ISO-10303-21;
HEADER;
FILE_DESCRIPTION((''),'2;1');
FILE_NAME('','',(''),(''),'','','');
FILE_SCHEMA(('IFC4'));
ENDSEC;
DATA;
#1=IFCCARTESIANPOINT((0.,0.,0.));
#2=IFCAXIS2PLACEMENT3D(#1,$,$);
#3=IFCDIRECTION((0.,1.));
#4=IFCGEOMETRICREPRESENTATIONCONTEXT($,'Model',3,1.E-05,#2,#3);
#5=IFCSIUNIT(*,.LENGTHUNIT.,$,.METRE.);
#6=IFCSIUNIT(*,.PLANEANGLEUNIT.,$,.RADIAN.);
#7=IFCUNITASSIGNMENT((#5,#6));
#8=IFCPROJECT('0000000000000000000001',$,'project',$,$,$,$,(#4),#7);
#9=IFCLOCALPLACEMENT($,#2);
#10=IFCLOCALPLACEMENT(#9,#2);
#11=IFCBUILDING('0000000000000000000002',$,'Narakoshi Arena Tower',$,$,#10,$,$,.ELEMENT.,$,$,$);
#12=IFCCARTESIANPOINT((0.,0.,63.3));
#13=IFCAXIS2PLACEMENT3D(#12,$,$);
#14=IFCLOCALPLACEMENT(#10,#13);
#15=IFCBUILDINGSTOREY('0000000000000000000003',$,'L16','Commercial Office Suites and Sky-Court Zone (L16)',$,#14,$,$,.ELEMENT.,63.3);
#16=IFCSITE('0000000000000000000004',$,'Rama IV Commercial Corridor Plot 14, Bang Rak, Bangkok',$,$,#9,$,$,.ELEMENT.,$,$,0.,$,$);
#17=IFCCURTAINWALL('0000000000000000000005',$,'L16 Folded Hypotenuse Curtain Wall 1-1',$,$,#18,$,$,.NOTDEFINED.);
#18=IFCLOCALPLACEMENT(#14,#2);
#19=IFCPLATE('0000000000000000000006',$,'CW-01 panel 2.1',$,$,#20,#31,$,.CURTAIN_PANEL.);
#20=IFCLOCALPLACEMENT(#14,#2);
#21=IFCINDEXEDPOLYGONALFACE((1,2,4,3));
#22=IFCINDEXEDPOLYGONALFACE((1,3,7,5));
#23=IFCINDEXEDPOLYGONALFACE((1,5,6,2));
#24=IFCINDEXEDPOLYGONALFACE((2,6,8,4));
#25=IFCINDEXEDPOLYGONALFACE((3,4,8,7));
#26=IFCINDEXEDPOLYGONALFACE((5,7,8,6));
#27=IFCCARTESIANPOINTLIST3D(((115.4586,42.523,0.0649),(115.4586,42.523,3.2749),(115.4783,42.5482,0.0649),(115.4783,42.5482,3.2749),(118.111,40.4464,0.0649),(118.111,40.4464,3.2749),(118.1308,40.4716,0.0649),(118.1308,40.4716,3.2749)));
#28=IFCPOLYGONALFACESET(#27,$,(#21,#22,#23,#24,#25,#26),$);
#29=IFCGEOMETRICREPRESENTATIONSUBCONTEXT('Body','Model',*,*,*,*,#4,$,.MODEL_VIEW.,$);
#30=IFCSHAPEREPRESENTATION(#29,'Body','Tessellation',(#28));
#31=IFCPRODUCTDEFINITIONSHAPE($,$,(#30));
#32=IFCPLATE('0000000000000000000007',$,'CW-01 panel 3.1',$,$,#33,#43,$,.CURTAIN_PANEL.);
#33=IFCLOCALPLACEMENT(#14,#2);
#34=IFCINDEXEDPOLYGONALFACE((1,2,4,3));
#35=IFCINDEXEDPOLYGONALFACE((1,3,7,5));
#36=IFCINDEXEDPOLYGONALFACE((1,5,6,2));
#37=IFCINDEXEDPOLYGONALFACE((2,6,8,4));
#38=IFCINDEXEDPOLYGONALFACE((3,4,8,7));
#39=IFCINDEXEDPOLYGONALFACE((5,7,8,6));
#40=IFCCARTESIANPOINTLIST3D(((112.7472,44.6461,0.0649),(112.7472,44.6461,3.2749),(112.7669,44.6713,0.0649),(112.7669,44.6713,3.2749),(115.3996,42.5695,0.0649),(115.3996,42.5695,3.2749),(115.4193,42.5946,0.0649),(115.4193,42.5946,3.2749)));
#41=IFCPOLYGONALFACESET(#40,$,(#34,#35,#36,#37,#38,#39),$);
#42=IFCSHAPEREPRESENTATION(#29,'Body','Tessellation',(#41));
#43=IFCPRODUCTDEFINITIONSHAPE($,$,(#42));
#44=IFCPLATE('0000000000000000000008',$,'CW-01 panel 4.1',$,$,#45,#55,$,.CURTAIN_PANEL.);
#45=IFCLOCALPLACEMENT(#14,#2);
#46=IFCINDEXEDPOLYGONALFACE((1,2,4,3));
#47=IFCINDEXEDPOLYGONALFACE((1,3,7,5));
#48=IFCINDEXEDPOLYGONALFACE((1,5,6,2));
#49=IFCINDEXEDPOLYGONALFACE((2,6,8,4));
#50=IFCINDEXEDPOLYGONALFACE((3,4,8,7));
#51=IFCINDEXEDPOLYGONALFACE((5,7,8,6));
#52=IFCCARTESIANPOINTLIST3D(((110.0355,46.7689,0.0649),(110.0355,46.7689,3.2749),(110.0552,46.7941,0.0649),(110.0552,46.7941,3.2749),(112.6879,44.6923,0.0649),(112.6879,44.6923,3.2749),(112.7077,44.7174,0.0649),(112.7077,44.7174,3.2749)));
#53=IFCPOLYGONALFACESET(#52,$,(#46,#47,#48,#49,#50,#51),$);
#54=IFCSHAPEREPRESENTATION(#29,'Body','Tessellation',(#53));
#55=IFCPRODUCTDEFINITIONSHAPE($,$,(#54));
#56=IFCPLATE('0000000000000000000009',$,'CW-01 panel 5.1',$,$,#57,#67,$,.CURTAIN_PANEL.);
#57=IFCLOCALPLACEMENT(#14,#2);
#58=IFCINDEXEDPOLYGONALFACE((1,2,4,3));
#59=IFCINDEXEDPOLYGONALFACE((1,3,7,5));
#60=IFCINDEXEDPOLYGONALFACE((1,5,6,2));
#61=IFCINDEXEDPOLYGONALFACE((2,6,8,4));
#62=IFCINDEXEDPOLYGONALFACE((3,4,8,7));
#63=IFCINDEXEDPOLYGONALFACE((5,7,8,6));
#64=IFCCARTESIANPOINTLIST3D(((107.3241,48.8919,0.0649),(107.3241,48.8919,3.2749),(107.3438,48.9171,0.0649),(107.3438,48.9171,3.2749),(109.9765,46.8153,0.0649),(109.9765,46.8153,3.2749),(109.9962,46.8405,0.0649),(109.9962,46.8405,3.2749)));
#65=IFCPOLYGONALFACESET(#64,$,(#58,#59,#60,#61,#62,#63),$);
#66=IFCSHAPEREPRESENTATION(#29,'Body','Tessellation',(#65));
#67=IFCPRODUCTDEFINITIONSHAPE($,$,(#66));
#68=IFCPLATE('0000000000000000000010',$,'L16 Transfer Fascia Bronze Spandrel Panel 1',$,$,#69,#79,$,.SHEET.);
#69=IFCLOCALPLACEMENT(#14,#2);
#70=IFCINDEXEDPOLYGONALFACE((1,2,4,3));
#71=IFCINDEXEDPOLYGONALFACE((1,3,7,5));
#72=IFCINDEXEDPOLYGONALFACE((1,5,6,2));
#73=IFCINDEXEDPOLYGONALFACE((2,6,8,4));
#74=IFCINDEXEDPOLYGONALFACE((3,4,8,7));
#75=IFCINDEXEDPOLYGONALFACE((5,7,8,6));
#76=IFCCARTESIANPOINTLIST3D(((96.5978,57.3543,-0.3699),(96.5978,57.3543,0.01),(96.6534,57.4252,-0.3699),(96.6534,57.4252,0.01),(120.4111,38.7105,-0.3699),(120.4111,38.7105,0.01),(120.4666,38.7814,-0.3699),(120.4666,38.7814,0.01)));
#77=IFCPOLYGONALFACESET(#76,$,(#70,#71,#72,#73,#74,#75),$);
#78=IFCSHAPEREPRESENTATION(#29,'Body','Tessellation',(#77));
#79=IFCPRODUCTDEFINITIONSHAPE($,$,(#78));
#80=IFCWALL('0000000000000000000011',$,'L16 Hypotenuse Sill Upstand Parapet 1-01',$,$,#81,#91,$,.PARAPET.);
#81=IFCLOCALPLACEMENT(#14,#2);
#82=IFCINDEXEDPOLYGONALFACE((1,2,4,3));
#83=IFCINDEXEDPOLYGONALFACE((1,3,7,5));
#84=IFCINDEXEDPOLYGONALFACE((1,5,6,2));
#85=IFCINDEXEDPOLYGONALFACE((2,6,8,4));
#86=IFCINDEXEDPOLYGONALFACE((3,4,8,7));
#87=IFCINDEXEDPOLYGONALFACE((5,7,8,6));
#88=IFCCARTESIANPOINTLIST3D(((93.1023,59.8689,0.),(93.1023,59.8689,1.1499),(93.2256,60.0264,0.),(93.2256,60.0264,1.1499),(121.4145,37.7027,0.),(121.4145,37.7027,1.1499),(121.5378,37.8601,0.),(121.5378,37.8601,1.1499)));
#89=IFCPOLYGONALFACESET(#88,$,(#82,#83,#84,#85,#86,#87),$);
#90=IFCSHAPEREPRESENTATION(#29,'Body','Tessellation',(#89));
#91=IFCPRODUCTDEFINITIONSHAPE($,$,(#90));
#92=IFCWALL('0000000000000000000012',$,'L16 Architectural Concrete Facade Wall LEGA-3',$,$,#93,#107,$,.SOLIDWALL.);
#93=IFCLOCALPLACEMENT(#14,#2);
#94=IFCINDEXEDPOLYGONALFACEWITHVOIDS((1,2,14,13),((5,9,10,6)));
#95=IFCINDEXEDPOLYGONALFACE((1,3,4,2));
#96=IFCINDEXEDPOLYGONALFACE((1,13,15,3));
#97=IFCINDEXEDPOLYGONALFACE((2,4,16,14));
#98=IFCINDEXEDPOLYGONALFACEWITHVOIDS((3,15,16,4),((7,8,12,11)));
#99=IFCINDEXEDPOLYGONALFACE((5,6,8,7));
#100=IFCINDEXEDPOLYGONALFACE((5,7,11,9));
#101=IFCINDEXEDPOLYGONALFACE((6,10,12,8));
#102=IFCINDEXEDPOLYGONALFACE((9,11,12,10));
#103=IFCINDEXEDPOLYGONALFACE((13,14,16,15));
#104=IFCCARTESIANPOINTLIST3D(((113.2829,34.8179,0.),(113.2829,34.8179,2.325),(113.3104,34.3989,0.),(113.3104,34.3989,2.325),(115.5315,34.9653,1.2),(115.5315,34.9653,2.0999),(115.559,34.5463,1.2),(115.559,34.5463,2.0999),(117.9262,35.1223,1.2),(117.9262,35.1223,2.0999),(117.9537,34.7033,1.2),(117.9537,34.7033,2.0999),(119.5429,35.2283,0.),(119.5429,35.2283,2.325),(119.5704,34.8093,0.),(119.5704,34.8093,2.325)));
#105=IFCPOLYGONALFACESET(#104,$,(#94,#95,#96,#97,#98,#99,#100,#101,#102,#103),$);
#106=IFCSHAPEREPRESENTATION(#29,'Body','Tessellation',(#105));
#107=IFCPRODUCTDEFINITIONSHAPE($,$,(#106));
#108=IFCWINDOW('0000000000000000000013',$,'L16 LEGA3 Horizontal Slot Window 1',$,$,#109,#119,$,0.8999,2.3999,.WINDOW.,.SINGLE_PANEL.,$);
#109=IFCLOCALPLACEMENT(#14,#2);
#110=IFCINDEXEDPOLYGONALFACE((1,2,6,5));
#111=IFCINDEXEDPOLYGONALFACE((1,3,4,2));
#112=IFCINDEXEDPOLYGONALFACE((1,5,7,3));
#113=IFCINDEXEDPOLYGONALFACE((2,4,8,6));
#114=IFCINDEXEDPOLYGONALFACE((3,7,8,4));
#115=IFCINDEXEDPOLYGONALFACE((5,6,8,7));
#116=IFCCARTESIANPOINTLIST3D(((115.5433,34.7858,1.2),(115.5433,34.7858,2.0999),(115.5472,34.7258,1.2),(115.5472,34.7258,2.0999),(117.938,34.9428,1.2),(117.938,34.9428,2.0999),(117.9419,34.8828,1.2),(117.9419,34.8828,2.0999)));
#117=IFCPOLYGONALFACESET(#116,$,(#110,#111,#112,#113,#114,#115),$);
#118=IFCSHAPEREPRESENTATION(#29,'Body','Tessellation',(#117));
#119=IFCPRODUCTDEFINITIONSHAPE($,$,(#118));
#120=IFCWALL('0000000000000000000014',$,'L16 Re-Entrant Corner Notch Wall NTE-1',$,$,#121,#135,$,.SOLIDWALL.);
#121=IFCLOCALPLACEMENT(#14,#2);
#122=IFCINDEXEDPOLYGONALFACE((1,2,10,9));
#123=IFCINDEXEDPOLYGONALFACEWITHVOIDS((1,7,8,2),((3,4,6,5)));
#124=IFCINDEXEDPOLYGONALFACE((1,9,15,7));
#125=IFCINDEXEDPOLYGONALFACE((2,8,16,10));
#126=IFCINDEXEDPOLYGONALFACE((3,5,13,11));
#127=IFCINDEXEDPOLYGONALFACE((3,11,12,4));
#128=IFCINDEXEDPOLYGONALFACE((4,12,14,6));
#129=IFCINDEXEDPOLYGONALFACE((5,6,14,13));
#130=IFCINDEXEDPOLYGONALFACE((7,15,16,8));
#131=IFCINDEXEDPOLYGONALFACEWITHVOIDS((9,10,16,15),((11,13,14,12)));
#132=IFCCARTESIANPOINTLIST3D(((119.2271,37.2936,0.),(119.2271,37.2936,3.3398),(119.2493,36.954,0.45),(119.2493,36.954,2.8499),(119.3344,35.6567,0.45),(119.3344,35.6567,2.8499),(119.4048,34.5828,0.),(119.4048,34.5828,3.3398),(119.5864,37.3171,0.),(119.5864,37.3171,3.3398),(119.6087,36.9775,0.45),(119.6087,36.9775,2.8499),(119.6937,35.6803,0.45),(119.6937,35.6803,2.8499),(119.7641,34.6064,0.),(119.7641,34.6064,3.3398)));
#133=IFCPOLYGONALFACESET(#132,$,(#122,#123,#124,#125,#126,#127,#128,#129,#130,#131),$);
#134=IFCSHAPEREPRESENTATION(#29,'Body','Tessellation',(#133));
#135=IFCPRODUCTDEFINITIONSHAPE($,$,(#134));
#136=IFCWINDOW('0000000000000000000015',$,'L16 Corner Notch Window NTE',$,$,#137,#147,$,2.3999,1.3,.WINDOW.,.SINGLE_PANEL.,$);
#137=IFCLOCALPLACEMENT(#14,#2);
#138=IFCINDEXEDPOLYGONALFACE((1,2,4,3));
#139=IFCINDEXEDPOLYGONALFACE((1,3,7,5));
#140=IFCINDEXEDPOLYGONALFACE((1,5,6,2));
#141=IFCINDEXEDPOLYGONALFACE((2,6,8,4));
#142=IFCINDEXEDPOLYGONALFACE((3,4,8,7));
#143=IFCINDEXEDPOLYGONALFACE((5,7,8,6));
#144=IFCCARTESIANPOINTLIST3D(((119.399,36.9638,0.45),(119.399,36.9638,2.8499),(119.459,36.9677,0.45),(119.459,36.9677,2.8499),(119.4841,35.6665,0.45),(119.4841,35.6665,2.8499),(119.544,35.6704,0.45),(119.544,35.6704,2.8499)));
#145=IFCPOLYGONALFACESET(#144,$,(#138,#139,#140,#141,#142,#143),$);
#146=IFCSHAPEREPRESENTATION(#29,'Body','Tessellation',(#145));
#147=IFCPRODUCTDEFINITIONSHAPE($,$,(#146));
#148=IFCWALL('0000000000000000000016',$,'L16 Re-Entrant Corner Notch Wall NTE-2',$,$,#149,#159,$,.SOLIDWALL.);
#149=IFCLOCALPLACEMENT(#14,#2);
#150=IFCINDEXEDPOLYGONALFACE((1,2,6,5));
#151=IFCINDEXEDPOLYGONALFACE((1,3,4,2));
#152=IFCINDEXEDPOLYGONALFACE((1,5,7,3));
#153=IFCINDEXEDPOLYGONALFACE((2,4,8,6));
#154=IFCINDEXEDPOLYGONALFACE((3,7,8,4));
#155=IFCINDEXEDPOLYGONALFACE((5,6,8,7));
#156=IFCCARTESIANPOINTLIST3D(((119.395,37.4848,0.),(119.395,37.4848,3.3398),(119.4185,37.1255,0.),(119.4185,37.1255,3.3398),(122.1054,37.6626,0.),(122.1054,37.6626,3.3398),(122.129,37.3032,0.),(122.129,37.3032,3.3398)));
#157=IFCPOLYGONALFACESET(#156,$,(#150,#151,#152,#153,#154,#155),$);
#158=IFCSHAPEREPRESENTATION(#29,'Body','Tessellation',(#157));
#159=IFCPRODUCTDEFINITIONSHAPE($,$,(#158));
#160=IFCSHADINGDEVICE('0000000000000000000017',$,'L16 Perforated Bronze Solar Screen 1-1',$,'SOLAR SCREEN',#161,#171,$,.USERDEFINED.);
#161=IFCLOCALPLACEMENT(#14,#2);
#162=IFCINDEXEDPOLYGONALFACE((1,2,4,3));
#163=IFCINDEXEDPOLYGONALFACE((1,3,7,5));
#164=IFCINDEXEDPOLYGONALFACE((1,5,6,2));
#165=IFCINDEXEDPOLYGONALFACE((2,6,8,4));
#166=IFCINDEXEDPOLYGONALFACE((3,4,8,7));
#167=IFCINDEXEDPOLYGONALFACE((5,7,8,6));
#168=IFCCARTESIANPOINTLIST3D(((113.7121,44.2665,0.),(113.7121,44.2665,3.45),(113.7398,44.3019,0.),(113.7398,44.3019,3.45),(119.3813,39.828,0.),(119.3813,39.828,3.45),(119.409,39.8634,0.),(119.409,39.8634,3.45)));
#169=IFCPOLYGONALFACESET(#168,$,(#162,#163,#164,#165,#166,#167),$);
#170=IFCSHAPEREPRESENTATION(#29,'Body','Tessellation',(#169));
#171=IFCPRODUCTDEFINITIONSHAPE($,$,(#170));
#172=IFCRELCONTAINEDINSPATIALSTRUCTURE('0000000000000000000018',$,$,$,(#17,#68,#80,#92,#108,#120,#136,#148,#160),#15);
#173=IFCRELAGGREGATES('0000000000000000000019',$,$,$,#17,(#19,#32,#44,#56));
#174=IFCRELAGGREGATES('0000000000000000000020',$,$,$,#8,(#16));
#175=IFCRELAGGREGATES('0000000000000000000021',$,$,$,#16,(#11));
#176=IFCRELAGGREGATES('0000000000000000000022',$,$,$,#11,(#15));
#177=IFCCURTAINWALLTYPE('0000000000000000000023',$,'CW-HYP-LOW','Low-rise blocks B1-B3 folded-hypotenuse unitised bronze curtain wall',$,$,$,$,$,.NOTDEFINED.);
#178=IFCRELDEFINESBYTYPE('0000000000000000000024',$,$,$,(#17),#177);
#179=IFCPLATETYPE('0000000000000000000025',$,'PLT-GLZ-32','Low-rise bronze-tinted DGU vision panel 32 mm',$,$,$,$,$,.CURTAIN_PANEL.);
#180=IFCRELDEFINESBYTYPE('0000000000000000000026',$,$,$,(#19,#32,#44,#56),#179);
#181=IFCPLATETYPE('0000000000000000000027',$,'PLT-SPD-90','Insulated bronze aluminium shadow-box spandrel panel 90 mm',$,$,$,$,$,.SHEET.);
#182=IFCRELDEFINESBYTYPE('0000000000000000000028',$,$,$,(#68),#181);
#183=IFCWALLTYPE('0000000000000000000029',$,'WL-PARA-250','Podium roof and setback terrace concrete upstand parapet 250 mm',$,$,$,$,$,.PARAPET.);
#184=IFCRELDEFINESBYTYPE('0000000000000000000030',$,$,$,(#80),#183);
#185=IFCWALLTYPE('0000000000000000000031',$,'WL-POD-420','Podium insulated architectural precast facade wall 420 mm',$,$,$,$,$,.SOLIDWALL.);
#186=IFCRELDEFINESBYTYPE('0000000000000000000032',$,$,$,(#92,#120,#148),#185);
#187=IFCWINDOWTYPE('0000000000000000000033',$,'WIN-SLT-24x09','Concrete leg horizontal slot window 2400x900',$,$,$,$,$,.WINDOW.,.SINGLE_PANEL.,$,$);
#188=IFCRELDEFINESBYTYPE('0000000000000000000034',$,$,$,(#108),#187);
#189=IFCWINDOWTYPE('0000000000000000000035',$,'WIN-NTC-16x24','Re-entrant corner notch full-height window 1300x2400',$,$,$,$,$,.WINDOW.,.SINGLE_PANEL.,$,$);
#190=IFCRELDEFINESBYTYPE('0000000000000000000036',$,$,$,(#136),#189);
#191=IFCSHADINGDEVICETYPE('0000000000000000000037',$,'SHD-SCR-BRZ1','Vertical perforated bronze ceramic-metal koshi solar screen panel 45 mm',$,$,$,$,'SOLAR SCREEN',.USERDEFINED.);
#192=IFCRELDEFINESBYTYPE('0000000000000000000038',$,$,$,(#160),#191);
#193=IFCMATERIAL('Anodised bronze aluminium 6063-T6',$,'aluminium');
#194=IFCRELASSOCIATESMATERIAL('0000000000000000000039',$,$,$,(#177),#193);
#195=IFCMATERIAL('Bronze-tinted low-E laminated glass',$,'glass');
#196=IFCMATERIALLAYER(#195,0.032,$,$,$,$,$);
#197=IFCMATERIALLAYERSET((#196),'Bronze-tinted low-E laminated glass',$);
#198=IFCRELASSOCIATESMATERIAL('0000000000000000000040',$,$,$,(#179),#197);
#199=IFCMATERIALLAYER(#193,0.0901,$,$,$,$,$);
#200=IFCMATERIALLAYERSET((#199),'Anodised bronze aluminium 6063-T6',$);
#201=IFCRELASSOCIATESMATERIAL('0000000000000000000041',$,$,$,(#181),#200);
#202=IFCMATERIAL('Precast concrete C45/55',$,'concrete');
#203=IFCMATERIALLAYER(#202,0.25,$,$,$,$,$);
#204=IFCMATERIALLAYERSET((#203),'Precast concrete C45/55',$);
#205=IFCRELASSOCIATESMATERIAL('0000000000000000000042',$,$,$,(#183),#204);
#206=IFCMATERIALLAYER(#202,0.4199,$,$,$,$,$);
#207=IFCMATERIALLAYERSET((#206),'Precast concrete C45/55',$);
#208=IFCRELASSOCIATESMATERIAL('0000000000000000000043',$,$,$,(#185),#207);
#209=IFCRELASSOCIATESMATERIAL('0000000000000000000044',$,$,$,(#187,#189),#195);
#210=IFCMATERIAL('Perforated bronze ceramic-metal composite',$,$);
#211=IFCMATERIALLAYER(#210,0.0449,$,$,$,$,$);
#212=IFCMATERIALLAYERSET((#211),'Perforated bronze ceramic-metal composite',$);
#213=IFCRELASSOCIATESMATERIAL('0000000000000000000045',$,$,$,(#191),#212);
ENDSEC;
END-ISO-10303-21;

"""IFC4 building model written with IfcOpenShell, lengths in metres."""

from ifc_helpers import new_model, si_unit, direction, frame, frame_2d, origin, origin_2d, place, context, subcontext, project, spatial, rectangle, extrude, material, layer, layer_set, type_object, element, fill, aggregate, save


model = new_model("IFC4")

# Units and contexts
model_context = context("Model", 3, precision=1e-05, world=origin(), true_north=direction((0.0, 1.0)))
body_context = subcontext(model_context, "Body", "Model", "MODEL_VIEW")
ifc_project = project(units=[si_unit("LENGTHUNIT", "METRE"), si_unit("PLANEANGLEUNIT", "RADIAN")], contexts=[model_context])

# Site, building, storey
site_placement = place(None, origin())
site = spatial("IfcSite", under=ifc_project, at=site_placement, Name="Rama IV Commercial Corridor Plot 14, Bang Rak, Bangkok", CompositionType="ELEMENT", RefElevation=0.0)
building_placement = place(site_placement, origin())
building = spatial("IfcBuilding", under=site, at=building_placement, Name="Narakoshi Arena Tower", CompositionType="ELEMENT")
storey_placement = place(building_placement, frame((0.0, 0.0, 63.3)))
storey = spatial("IfcBuildingStorey", under=building, at=storey_placement, Name="L16", Description="Commercial Office Suites and Sky-Court Zone (L16)", CompositionType="ELEMENT", Elevation=63.3)

# Curtain wall, plates
ifc_material_1 = material(Name="Anodised bronze aluminium 6063-T6", Category="aluminium")
curtain_wall_type = type_object("IfcCurtainWallType", Name="CW-HYP-LOW", Description="Low-rise blocks B1-B3 folded-hypotenuse unitised bronze curtain wall", PredefinedType="NOTDEFINED", material=ifc_material_1)
curtain_wall_placement = place(storey_placement, origin())
curtain_wall = element("IfcCurtainWall", 1, at=curtain_wall_placement, inside=storey, type_object=curtain_wall_type, Name="L16 Folded Hypotenuse Curtain Wall 1-1", PredefinedType="NOTDEFINED")
ifc_material_2 = material(Name="Bronze-tinted low-E laminated glass", Category="glass")
ifc_layer_1 = layer(ifc_material_2, 0.032)
ifc_layer_set_1 = layer_set([ifc_layer_1], Name="Bronze-tinted low-E laminated glass")
plate_type_1 = type_object("IfcPlateType", Name="PLT-GLZ-32", Description="Low-rise bronze-tinted DGU vision panel 32 mm", PredefinedType="CURTAIN_PANEL", material=ifc_layer_set_1)
plate_1_placement = place(storey_placement, frame((116.7947, 41.4973, 0.0649), z_axis=(0.0, 0.0, 1.0), x_axis=(-0.787388, 0.616458, 0.0)))
plate_1 = element("IfcPlate", 2, at=plate_1_placement, type_object=plate_type_1, Name="CW-01 panel 2.1", PredefinedType="CURTAIN_PANEL", context=body_context, shape_type="SweptSolid", body=[
    extrude(rectangle(XDim=3.3687, YDim=0.032, at=origin_2d()), origin(), (0.0, 0.0, 1.0), 3.21),
])
plate_2_placement = place(storey_placement, frame((114.0833, 43.6204, 0.0649), z_axis=(0.0, 0.0, 1.0), x_axis=(-0.787388, 0.616458, 0.0)))
plate_2 = element("IfcPlate", 3, at=plate_2_placement, type_object=plate_type_1, Name="CW-01 panel 3.1", PredefinedType="CURTAIN_PANEL", context=body_context, shape_type="SweptSolid", body=[
    extrude(rectangle(XDim=3.3687, YDim=0.032, at=origin_2d()), origin(), (0.0, 0.0, 1.0), 3.21),
])
plate_3_placement = place(storey_placement, frame((111.3716, 45.7432, 0.0649), z_axis=(0.0, 0.0, 1.0), x_axis=(-0.787388, 0.616458, 0.0)))
plate_3 = element("IfcPlate", 4, at=plate_3_placement, type_object=plate_type_1, Name="CW-01 panel 4.1", PredefinedType="CURTAIN_PANEL", context=body_context, shape_type="SweptSolid", body=[
    extrude(rectangle(XDim=3.3687, YDim=0.032, at=origin_2d()), origin(), (0.0, 0.0, 1.0), 3.21),
])
plate_4_placement = place(storey_placement, frame((108.6602, 47.8662, 0.0649), z_axis=(0.0, 0.0, 1.0), x_axis=(-0.787388, 0.616458, 0.0)))
plate_4 = element("IfcPlate", 5, at=plate_4_placement, type_object=plate_type_1, Name="CW-01 panel 5.1", PredefinedType="CURTAIN_PANEL", context=body_context, shape_type="SweptSolid", body=[
    extrude(rectangle(XDim=3.3687, YDim=0.032, at=origin_2d()), origin(), (0.0, 0.0, 1.0), 3.21),
])
aggregate(curtain_wall, [plate_1, plate_2, plate_3, plate_4])

# Plate
ifc_layer_2 = layer(ifc_material_1, 0.0901)
ifc_layer_set_2 = layer_set([ifc_layer_2], Name="Anodised bronze aluminium 6063-T6")
plate_type_2 = type_object("IfcPlateType", Name="PLT-SPD-90", Description="Insulated bronze aluminium shadow-box spandrel panel 90 mm", PredefinedType="SHEET", material=ifc_layer_set_2)
plate_5_placement = place(storey_placement, frame((108.5322, 48.0679, -0.3699), z_axis=(0.0, 0.0, 1.0), x_axis=(-0.787387, 0.616459, 0.0)))
element("IfcPlate", 6, at=plate_5_placement, inside=storey, type_object=plate_type_2, Name="L16 Transfer Fascia Bronze Spandrel Panel 1", PredefinedType="SHEET", context=body_context, shape_type="SweptSolid", body=[
    extrude(rectangle(XDim=30.2434, YDim=0.0901, at=origin_2d()), origin(), (0.0, 0.0, 1.0), 0.3799),
])

# Wall
ifc_material_3 = material(Name="Precast concrete C45/55", Category="concrete")
ifc_layer_3 = layer(ifc_material_3, 0.25)
ifc_layer_set_3 = layer_set([ifc_layer_3], Name="Precast concrete C45/55")
wall_type_1 = type_object("IfcWallType", Name="WL-PARA-250", Description="Podium roof and setback terrace concrete upstand parapet 250 mm", PredefinedType="PARAPET", material=ifc_layer_set_3)
wall_1_placement = place(storey_placement, frame((121.4761, 37.7815, 0.0), z_axis=(0.0, 0.0, 1.0), x_axis=(-0.787386, 0.616461, 0.0)))
element("IfcWall", 7, at=wall_1_placement, inside=storey, type_object=wall_type_1, Name="L16 Hypotenuse Sill Upstand Parapet 1-01", PredefinedType="PARAPET", context=body_context, shape_type="SweptSolid", body=[
    extrude(rectangle(XDim=35.9573, YDim=0.2, at=frame_2d((17.9785, 0.0))), origin(), (0.0, 0.0, 1.0), 1.1499),
])

# Walls, openings, windows
ifc_layer_4 = layer(ifc_material_3, 0.4199)
ifc_layer_set_4 = layer_set([ifc_layer_4], Name="Precast concrete C45/55")
wall_type_2 = type_object("IfcWallType", Name="WL-POD-420", Description="Podium insulated architectural precast facade wall 420 mm", PredefinedType="SOLIDWALL", material=ifc_layer_set_4)
wall_2_placement = place(storey_placement, frame((113.2966, 34.6084, 0.0), z_axis=(0.0, 0.0, 1.0), x_axis=(0.997858, 0.065419, 0.0)))
wall_2 = element("IfcWall", 8, at=wall_2_placement, inside=storey, type_object=wall_type_2, Name="L16 Architectural Concrete Facade Wall LEGA-3", PredefinedType="SOLIDWALL", context=body_context, shape_type="SweptSolid", body=[
    extrude(rectangle(XDim=6.2734, YDim=0.4199, at=frame_2d((3.1367, 0.0))), origin(), (0.0, 0.0, 1.0), 2.325),
])
opening_1_placement = place(wall_2_placement, frame((2.2534, 0.0, 1.2)))
opening_1 = element("IfcOpeningElement", 9, at=opening_1_placement, cuts=wall_2, PredefinedType="OPENING", context=body_context, shape_type="SweptSolid", body=[
    extrude(rectangle(XDim=2.3999, YDim=0.8999, at=frame_2d((1.2, 0.45))), frame((0.0, 0.22, 0.0), z_axis=(0.0, -1.0, 0.0), x_axis=(1.0, 0.0, 0.0)), (0.0, 0.0, 1.0), 0.4399),
])
window_type_1 = type_object("IfcWindowType", Name="WIN-SLT-24x09", Description="Concrete leg horizontal slot window 2400x900", PartitioningType="SINGLE_PANEL", PredefinedType="WINDOW", material=ifc_material_2)
window_1_placement = place(opening_1_placement, origin())
window_1 = element("IfcWindow", 10, at=window_1_placement, inside=storey, type_object=window_type_1, Name="L16 LEGA3 Horizontal Slot Window 1", OverallHeight=0.8999, OverallWidth=2.3999, PartitioningType="SINGLE_PANEL", PredefinedType="WINDOW", context=body_context, shape_type="SweptSolid", body=[
    extrude(rectangle(XDim=2.3999, YDim=0.8999, at=frame_2d((1.2, 0.45))), frame((0.0, 0.03, 0.0), z_axis=(0.0, -1.0, 0.0), x_axis=(1.0, 0.0, 0.0)), (0.0, 0.0, 1.0), 0.0601),
])
fill(opening_1, window_1)
wall_3_placement = place(storey_placement, frame((119.5845, 34.5945, 0.0), z_axis=(0.0, 0.0, 1.0), x_axis=(-0.065427, 0.997857, 0.0)))
wall_3 = element("IfcWall", 11, at=wall_3_placement, inside=storey, type_object=wall_type_2, Name="L16 Re-Entrant Corner Notch Wall NTE-1", PredefinedType="SOLIDWALL", context=body_context, shape_type="SweptSolid", body=[
    extrude(rectangle(XDim=2.7166, YDim=0.3601, at=frame_2d((1.3584, 0.0))), origin(), (0.0, 0.0, 1.0), 3.3398),
])
opening_2_placement = place(wall_3_placement, frame((1.0764, 0.0, 0.45)))
opening_2 = element("IfcOpeningElement", 12, at=opening_2_placement, cuts=wall_3, PredefinedType="OPENING", context=body_context, shape_type="SweptSolid", body=[
    extrude(rectangle(XDim=1.3, YDim=2.3999, at=frame_2d((0.6499, 1.2))), frame((0.0, 0.1899, 0.0), z_axis=(0.0, -1.0, 0.0), x_axis=(1.0, 0.0, 0.0)), (0.0, 0.0, 1.0), 0.3801),
])
window_type_2 = type_object("IfcWindowType", Name="WIN-NTC-16x24", Description="Re-entrant corner notch full-height window 1300x2400", PartitioningType="SINGLE_PANEL", PredefinedType="WINDOW", material=ifc_material_2)
window_2_placement = place(opening_2_placement, origin())
window_2 = element("IfcWindow", 13, at=window_2_placement, inside=storey, type_object=window_type_2, Name="L16 Corner Notch Window NTE", OverallHeight=2.3999, OverallWidth=1.3, PartitioningType="SINGLE_PANEL", PredefinedType="WINDOW", context=body_context, shape_type="SweptSolid", body=[
    extrude(rectangle(XDim=1.3, YDim=2.3999, at=frame_2d((0.6499, 1.2))), frame((0.0, 0.03, 0.0), z_axis=(0.0, -1.0, 0.0), x_axis=(1.0, 0.0, 0.0)), (0.0, 0.0, 1.0), 0.0601),
])
fill(opening_2, window_2)

# Wall
wall_4_placement = place(storey_placement, frame((119.4067, 37.3052, 0.0), z_axis=(0.0, 0.0, 1.0), x_axis=(0.997857, 0.065433, 0.0)))
element("IfcWall", 14, at=wall_4_placement, inside=storey, type_object=wall_type_2, Name="L16 Re-Entrant Corner Notch Wall NTE-2", PredefinedType="SOLIDWALL", context=body_context, shape_type="SweptSolid", body=[
    extrude(rectangle(XDim=2.7163, YDim=0.3601, at=frame_2d((1.3582, 0.0))), origin(), (0.0, 0.0, 1.0), 3.3398),
])

# Shading device
ifc_material_4 = material(Name="Perforated bronze ceramic-metal composite")
ifc_layer_5 = layer(ifc_material_4, 0.0449)
ifc_layer_set_5 = layer_set([ifc_layer_5], Name="Perforated bronze ceramic-metal composite")
shading_device_type = type_object("IfcShadingDeviceType", Name="SHD-SCR-BRZ1", Description="Vertical perforated bronze ceramic-metal koshi solar screen panel 45 mm", ElementType="SOLAR SCREEN", PredefinedType="USERDEFINED", material=ifc_layer_set_5)
shading_device_placement = place(storey_placement, frame((116.5605, 42.0649, 0.0), z_axis=(0.0, 0.0, 1.0), x_axis=(-0.787387, 0.616459, 0.0)))
element("IfcShadingDevice", 15, at=shading_device_placement, inside=storey, type_object=shading_device_type, Name="L16 Perforated Bronze Solar Screen 1-1", ObjectType="SOLAR SCREEN", PredefinedType="USERDEFINED", context=body_context, shape_type="SweptSolid", body=[
    extrude(rectangle(XDim=7.2, YDim=0.0449, at=origin_2d()), origin(), (0.0, 0.0, 1.0), 3.45),
])

save(model, "model.ifc")
